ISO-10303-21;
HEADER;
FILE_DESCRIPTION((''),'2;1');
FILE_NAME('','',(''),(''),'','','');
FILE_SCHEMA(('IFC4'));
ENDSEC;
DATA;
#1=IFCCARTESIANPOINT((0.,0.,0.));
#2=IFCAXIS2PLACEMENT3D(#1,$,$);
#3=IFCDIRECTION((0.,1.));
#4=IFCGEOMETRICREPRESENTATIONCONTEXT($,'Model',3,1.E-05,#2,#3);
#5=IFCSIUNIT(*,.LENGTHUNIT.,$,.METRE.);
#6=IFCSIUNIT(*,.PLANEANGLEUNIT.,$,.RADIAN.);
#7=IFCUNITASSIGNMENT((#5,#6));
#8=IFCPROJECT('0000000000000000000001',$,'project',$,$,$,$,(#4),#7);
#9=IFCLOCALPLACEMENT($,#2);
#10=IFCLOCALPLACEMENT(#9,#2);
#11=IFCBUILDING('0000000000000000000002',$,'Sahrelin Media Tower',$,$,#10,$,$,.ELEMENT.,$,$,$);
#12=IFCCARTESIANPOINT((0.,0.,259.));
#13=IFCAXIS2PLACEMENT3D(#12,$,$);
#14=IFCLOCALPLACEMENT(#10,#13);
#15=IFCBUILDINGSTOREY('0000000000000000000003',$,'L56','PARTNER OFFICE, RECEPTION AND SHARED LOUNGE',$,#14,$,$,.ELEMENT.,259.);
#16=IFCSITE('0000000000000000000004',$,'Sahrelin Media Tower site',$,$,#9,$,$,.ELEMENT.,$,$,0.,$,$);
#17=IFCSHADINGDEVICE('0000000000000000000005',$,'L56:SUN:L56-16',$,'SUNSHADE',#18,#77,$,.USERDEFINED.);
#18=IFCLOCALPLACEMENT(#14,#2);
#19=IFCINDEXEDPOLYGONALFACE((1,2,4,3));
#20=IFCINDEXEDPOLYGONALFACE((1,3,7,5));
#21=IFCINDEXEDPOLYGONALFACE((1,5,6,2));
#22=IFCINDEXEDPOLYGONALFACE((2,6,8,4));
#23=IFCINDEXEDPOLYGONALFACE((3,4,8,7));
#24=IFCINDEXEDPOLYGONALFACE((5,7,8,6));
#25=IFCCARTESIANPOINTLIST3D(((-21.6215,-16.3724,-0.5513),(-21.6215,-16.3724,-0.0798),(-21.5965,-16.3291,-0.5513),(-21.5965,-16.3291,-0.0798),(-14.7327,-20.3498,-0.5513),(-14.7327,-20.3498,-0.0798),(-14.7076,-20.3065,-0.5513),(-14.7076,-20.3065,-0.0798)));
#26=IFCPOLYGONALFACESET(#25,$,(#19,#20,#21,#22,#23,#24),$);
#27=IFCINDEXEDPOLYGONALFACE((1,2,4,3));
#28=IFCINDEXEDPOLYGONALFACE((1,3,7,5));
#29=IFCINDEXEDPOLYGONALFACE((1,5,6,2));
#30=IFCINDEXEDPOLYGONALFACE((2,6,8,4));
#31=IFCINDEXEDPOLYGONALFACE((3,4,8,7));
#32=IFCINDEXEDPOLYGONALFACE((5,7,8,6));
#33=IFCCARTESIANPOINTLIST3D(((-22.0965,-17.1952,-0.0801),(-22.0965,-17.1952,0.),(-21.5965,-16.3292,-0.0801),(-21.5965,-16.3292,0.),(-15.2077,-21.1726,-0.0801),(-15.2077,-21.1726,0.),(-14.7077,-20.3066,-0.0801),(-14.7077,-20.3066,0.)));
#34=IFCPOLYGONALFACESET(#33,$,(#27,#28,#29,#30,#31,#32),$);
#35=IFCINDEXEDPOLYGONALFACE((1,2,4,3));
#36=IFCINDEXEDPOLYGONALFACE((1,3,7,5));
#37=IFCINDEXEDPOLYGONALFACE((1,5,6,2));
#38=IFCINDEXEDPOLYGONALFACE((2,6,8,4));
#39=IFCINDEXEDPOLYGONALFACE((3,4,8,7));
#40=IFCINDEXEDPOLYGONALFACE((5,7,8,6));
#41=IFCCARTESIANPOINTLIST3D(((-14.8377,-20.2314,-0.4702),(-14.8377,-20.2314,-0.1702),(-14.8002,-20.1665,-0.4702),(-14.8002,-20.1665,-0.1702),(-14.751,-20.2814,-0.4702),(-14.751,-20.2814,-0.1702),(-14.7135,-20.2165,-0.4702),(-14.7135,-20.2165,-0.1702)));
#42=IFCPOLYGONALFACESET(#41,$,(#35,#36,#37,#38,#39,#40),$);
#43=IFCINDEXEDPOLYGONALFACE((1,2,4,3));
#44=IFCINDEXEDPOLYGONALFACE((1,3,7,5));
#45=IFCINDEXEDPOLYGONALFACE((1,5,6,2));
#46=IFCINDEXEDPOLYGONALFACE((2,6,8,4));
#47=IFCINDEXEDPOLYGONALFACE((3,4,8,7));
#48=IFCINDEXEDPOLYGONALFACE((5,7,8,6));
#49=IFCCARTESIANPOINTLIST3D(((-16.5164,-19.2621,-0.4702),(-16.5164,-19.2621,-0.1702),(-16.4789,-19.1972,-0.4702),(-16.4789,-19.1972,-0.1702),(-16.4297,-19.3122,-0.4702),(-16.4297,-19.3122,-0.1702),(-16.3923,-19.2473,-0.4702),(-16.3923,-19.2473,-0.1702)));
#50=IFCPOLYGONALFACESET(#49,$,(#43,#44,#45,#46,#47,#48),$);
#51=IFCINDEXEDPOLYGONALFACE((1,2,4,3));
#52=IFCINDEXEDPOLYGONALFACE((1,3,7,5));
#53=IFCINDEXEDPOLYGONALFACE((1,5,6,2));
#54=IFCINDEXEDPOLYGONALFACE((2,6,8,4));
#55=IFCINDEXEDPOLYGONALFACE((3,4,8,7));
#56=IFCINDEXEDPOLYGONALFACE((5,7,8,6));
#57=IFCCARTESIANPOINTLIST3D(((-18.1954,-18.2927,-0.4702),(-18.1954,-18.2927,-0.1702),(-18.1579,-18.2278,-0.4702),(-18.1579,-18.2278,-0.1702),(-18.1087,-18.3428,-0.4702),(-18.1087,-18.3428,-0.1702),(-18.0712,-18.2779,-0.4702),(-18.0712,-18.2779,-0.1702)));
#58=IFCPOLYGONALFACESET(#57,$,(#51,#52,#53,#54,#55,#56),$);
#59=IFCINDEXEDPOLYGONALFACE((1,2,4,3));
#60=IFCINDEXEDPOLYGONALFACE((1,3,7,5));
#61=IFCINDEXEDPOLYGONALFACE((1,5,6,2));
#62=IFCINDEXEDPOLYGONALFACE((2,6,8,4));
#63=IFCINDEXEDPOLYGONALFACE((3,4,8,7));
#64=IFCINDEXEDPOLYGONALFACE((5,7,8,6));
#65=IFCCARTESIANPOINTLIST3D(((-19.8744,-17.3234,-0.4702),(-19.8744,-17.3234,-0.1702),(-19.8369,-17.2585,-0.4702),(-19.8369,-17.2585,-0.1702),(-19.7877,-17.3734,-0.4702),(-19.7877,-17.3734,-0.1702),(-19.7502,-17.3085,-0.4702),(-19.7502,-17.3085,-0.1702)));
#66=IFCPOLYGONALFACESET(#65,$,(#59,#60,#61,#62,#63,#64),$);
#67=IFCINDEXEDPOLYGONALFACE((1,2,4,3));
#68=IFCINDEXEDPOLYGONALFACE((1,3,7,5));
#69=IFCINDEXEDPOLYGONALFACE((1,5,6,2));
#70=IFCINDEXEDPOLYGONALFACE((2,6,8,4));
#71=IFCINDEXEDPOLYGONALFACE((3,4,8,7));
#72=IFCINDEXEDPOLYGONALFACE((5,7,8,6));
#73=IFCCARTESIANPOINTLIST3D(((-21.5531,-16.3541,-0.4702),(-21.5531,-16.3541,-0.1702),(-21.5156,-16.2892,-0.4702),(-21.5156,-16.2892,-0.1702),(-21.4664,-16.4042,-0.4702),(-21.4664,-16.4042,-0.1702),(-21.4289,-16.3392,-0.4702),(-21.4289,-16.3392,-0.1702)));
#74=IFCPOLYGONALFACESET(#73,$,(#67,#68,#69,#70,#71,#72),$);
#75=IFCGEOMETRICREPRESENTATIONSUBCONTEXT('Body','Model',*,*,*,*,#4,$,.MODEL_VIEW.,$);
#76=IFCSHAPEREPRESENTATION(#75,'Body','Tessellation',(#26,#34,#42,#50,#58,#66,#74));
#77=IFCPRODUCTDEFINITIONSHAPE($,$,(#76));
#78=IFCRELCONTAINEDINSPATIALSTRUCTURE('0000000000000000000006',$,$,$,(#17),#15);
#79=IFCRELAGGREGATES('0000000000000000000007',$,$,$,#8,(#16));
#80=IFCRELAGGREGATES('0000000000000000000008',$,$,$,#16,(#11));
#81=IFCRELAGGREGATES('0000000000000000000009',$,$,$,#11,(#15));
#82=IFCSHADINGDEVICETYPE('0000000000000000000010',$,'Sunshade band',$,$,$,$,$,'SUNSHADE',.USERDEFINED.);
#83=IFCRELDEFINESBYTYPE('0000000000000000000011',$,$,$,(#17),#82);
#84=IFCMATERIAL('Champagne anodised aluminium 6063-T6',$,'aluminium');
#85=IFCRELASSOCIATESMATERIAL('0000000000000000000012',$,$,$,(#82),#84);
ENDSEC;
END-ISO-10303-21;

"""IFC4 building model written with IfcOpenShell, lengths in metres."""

from ifc_helpers import new_model, si_unit, direction, frame, origin, origin_2d, place, context, subcontext, project, spatial, rectangle, extrude, material, type_object, element, save


model = new_model("IFC4")

# Units and contexts
model_context = context("Model", 3, precision=1e-05, world=origin(), true_north=direction((0.0, 1.0)))
body_context = subcontext(model_context, "Body", "Model", "MODEL_VIEW")
ifc_project = project(units=[si_unit("LENGTHUNIT", "METRE"), si_unit("PLANEANGLEUNIT", "RADIAN")], contexts=[model_context])

# Site, building, storey
site_placement = place(None, origin())
site = spatial("IfcSite", under=ifc_project, at=site_placement, Name="Sahrelin Media Tower site", CompositionType="ELEMENT", RefElevation=0.0)
building_placement = place(site_placement, origin())
building = spatial("IfcBuilding", under=site, at=building_placement, Name="Sahrelin Media Tower", CompositionType="ELEMENT")
storey_placement = place(building_placement, frame((0.0, 0.0, 259.0)))
storey = spatial("IfcBuildingStorey", under=building, at=storey_placement, Name="L56", Description="PARTNER OFFICE, RECEPTION AND SHARED LOUNGE", CompositionType="ELEMENT", Elevation=259.0)

# Shared definitions
ifc_material_1 = material(Name="Champagne anodised aluminium 6063-T6", Category="aluminium")

# Shading device
placement_1 = place(storey_placement, frame((-18.1421, -18.3005, 0.0), z_axis=(0.0, 0.0, 1.0), x_axis=(-0.866019, 0.500011, 0.0)))
shading_device_type_1 = type_object("IfcShadingDeviceType", Name="Sunshade band", ElementType="SUNSHADE", PredefinedType="USERDEFINED", material=ifc_material_1)
element("IfcShadingDevice", 1, at=placement_1, inside=storey, type_object=shading_device_type_1, Name="L56:SUN:L56-16", ObjectType="SUNSHADE", PredefinedType="USERDEFINED", context=body_context, shape_type="SweptSolid", body=[
    extrude(rectangle(XDim=7.9546, YDim=0.05, at=origin_2d()), frame((0.0, 0.0449, -0.5513)), (0.0, 0.0, 1.0), 0.4714),
    extrude(rectangle(XDim=7.9546, YDim=1.0, at=origin_2d()), frame((0.0, 0.52, -0.0801)), (0.0, 0.0, 1.0), 0.0801),
    extrude(rectangle(XDim=0.1001, YDim=0.075, at=origin_2d()), frame((-3.8772, -0.0176, -0.4702)), (0.0, 0.0, 1.0), 0.3),
    extrude(rectangle(XDim=0.1001, YDim=0.075, at=origin_2d()), frame((-1.9387, -0.0176, -0.4702)), (0.0, 0.0, 1.0), 0.3),
    extrude(rectangle(XDim=0.1001, YDim=0.075, at=origin_2d()), frame((0.0, -0.0176, -0.4702)), (0.0, 0.0, 1.0), 0.3),
    extrude(rectangle(XDim=0.1001, YDim=0.075, at=origin_2d()), frame((1.9387, -0.0176, -0.4702)), (0.0, 0.0, 1.0), 0.3),
    extrude(rectangle(XDim=0.1001, YDim=0.075, at=origin_2d()), frame((3.8772, -0.0176, -0.4702)), (0.0, 0.0, 1.0), 0.3),
])

save(model, "model.ifc")
